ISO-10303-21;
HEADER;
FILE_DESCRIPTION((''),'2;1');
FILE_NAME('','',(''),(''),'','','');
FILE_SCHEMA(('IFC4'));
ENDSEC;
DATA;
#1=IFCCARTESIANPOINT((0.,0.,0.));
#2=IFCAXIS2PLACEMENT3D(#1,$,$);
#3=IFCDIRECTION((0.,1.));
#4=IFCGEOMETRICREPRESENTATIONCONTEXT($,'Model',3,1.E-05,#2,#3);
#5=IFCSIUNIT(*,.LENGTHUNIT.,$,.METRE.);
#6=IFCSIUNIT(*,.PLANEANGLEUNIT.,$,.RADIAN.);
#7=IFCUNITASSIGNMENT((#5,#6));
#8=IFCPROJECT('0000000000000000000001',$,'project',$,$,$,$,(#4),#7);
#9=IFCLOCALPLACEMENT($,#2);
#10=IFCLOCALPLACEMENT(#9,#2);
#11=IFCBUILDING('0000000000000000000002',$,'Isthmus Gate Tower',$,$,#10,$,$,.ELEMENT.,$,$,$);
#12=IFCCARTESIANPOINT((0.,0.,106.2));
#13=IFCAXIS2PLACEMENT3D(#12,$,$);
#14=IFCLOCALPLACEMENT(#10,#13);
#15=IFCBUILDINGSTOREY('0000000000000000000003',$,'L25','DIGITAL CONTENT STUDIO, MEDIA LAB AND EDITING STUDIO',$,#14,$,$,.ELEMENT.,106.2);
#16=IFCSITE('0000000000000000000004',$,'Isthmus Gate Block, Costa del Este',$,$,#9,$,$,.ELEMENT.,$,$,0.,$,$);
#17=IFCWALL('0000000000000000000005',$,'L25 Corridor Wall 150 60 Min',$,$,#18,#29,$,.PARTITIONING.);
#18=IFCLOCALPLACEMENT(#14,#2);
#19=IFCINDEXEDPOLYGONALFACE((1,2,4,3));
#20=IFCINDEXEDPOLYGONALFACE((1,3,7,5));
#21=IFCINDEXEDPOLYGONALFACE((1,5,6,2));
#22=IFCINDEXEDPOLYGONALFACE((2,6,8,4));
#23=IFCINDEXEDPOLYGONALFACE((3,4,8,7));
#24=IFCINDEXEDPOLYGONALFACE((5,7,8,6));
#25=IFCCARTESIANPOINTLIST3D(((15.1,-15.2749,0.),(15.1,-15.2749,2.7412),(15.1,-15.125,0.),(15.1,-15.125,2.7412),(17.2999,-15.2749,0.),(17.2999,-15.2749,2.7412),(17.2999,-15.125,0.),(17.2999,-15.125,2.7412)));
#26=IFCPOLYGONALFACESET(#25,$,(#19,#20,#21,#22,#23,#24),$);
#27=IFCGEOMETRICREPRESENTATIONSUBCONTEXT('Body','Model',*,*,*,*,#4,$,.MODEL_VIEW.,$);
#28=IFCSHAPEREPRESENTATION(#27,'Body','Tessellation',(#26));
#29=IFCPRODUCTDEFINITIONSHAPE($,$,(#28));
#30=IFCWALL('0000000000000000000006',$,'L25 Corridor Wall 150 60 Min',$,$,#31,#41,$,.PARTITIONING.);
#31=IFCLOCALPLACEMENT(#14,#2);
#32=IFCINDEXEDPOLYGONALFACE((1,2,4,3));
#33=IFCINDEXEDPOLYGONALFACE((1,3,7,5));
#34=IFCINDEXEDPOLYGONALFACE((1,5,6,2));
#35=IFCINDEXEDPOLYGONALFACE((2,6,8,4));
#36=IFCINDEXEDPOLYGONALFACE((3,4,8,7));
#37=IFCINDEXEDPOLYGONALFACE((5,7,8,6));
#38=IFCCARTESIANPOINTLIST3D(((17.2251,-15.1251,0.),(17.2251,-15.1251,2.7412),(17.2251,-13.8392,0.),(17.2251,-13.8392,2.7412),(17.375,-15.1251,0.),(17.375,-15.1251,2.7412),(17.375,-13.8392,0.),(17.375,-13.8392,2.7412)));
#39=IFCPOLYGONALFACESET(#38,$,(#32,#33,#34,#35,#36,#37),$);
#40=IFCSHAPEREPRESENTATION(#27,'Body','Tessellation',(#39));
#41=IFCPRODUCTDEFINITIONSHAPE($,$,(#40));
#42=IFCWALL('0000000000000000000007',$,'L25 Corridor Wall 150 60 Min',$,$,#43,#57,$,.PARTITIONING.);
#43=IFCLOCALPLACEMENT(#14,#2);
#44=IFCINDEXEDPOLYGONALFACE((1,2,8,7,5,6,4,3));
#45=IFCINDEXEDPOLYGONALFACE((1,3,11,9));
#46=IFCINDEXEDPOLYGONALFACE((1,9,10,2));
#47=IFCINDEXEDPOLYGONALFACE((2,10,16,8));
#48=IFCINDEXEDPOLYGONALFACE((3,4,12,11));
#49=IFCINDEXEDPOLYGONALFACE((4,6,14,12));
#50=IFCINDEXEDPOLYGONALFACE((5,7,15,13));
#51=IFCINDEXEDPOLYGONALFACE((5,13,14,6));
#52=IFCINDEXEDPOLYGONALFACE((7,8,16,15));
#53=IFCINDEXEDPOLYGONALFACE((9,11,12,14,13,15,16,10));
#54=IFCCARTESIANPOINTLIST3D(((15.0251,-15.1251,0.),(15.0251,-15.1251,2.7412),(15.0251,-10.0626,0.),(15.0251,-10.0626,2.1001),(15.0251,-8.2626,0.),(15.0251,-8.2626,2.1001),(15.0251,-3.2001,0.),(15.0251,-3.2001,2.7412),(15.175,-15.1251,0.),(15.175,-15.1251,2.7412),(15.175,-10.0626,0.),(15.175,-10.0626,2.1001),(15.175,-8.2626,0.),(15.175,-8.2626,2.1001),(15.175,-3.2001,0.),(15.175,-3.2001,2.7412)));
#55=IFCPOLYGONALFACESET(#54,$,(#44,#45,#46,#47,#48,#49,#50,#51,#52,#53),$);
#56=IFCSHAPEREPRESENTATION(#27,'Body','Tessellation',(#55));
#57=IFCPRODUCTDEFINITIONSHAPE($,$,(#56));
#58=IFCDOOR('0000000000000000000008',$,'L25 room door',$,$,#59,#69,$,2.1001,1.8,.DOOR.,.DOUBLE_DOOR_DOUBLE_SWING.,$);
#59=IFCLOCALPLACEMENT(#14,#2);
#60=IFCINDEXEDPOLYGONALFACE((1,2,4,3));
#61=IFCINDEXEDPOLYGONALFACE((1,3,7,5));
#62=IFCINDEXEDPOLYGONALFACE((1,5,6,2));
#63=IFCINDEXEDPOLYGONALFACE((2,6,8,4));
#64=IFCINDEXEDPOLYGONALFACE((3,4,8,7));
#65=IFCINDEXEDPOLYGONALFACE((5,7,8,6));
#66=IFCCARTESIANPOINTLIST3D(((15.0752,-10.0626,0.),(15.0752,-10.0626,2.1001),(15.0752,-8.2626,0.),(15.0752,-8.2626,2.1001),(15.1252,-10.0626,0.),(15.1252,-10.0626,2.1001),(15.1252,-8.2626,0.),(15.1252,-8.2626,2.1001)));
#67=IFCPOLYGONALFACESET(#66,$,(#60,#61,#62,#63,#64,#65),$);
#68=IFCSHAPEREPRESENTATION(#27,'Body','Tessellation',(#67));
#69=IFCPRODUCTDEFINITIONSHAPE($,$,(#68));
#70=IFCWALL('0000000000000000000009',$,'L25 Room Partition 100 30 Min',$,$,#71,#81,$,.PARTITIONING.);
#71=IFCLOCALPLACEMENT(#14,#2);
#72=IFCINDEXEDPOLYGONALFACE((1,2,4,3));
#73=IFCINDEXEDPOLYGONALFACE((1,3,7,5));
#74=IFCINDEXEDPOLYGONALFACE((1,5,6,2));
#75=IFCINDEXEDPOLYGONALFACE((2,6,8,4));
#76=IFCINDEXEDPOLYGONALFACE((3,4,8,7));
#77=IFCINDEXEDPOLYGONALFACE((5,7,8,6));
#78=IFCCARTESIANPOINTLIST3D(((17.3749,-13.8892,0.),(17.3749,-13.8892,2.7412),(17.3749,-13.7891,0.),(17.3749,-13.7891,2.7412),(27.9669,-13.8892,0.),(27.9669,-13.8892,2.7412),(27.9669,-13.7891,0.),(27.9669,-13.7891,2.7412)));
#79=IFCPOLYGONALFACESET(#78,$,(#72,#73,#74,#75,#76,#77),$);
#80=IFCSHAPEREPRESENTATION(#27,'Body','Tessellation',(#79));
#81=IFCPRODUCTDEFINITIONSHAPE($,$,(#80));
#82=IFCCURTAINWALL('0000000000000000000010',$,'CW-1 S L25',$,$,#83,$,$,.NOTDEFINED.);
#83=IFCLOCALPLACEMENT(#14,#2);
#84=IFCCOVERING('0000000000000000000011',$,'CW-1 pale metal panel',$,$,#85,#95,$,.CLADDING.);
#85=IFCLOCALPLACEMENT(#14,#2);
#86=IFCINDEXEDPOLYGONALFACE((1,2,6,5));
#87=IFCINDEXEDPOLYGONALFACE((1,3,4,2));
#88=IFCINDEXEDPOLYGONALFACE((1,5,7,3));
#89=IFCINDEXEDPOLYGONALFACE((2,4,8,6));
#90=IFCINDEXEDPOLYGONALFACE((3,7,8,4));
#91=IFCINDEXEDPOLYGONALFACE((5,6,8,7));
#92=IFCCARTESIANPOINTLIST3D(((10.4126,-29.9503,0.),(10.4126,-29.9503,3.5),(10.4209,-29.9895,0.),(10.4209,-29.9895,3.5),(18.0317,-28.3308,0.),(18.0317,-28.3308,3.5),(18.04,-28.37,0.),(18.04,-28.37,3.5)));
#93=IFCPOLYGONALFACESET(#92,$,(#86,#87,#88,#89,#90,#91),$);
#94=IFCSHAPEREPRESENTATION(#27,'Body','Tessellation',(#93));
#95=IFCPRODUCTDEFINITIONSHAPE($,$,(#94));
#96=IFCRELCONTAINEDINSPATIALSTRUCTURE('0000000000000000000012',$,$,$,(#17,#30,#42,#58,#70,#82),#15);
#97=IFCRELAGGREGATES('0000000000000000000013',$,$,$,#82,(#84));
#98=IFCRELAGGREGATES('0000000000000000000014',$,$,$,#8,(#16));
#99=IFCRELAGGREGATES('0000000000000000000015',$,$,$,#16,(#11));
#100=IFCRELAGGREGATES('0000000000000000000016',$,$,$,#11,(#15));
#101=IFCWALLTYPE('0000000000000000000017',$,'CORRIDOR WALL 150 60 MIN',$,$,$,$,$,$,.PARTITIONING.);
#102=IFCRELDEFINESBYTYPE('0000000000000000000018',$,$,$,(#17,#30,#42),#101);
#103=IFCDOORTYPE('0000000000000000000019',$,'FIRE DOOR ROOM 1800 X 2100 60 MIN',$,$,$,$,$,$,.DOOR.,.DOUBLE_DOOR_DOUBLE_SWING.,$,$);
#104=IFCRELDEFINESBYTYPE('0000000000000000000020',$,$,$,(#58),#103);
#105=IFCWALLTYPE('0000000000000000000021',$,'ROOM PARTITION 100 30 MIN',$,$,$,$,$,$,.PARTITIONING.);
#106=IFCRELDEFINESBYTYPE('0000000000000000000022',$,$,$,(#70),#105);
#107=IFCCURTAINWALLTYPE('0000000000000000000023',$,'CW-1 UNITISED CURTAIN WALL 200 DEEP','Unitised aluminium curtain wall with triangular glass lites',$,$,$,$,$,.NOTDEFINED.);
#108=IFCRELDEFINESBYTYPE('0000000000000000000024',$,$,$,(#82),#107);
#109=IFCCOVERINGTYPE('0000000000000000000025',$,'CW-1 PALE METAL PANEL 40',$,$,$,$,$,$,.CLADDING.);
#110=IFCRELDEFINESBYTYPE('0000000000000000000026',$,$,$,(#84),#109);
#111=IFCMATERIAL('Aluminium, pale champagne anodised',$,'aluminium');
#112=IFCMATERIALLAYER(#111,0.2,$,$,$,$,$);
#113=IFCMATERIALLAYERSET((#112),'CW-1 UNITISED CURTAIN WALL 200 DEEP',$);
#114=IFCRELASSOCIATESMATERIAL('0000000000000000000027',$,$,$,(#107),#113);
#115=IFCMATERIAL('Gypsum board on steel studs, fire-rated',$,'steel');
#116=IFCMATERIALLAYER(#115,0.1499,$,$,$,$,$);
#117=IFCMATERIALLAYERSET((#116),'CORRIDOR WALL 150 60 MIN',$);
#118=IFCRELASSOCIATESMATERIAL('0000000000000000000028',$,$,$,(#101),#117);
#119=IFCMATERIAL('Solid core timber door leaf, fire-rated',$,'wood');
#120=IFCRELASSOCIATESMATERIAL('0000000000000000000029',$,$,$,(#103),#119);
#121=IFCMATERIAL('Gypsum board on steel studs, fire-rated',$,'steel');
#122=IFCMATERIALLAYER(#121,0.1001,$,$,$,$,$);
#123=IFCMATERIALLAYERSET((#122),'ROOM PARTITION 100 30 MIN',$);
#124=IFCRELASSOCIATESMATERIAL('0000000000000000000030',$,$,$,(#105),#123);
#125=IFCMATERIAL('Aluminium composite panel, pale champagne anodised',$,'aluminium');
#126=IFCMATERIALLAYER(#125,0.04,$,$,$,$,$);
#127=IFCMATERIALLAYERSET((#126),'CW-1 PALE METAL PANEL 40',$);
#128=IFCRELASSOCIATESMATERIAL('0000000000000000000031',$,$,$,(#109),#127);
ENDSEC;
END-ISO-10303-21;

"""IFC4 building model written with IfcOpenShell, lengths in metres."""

from ifc_helpers import new_model, si_unit, direction, frame, frame_2d, origin, origin_2d, place, context, subcontext, project, spatial, rectangle, extrude, material, layer, layer_set, type_object, element, fill, aggregate, save


model = new_model("IFC4")

# Units and contexts
model_context = context("Model", 3, precision=1e-05, world=origin(), true_north=direction((0.0, 1.0)))
body_context = subcontext(model_context, "Body", "Model", "MODEL_VIEW")
ifc_project = project(units=[si_unit("LENGTHUNIT", "METRE"), si_unit("PLANEANGLEUNIT", "RADIAN")], contexts=[model_context])

# Site, building, storey
site_placement = place(None, origin())
site = spatial("IfcSite", under=ifc_project, at=site_placement, Name="Isthmus Gate Block, Costa del Este", CompositionType="ELEMENT", RefElevation=0.0)
building_placement = place(site_placement, origin())
building = spatial("IfcBuilding", under=site, at=building_placement, Name="Isthmus Gate Tower", CompositionType="ELEMENT")
storey_placement = place(building_placement, frame((0.0, 0.0, 106.2)))
storey = spatial("IfcBuildingStorey", under=building, at=storey_placement, Name="L25", Description="DIGITAL CONTENT STUDIO, MEDIA LAB AND EDITING STUDIO", CompositionType="ELEMENT", Elevation=106.2)

# Shared definitions
ifc_material_1 = material(Name="Aluminium, pale champagne anodised", Category="aluminium")
ifc_layer_1 = layer(ifc_material_1, 0.2)
ifc_layer_set_1 = layer_set([ifc_layer_1], Name="CW-1 UNITISED CURTAIN WALL 200 DEEP")
curtain_wall_type = type_object("IfcCurtainWallType", Name="CW-1 UNITISED CURTAIN WALL 200 DEEP", Description="Unitised aluminium curtain wall with triangular glass lites", PredefinedType="NOTDEFINED", material=ifc_layer_set_1)

# Walls
ifc_material_2 = material(Name="Gypsum board on steel studs, fire-rated", Category="steel")
ifc_layer_2 = layer(ifc_material_2, 0.1499)
ifc_layer_set_2 = layer_set([ifc_layer_2], Name="CORRIDOR WALL 150 60 MIN")
wall_type_1 = type_object("IfcWallType", Name="CORRIDOR WALL 150 60 MIN", PredefinedType="PARTITIONING", material=ifc_layer_set_2)
wall_1_placement = place(storey_placement, frame((17.3, -15.2, 0.0), z_axis=(0.0, 0.0, 1.0), x_axis=(-1.0, 0.0, 0.0)))
element("IfcWall", 1, at=wall_1_placement, inside=storey, type_object=wall_type_1, Name="L25 Corridor Wall 150 60 Min", PredefinedType="PARTITIONING", context=body_context, shape_type="SweptSolid", body=[
    extrude(rectangle(XDim=2.2, YDim=0.1499, at=frame_2d((1.1001, 0.0))), origin(), (0.0, 0.0, 1.0), 2.7412),
])
wall_2_placement = place(storey_placement, frame((17.3, -13.8391, 0.0), z_axis=(0.0, 0.0, 1.0), x_axis=(0.0, -1.0, 0.0)))
element("IfcWall", 2, at=wall_2_placement, inside=storey, type_object=wall_type_1, Name="L25 Corridor Wall 150 60 Min", PredefinedType="PARTITIONING", context=body_context, shape_type="SweptSolid", body=[
    extrude(rectangle(XDim=1.2859, YDim=0.1499, at=frame_2d((0.6431, 0.0))), origin(), (0.0, 0.0, 1.0), 2.7412),
])

# Wall, opening, door
wall_3_placement = place(storey_placement, frame((15.1001, -15.125, 0.0), z_axis=(0.0, 0.0, 1.0), x_axis=(0.0, 1.0, 0.0)))
wall_3 = element("IfcWall", 3, at=wall_3_placement, inside=storey, type_object=wall_type_1, Name="L25 Corridor Wall 150 60 Min", PredefinedType="PARTITIONING", context=body_context, shape_type="SweptSolid", body=[
    extrude(rectangle(XDim=11.925, YDim=0.1499, at=frame_2d((5.9624, 0.0))), origin(), (0.0, 0.0, 1.0), 2.7412),
])
opening_placement = place(wall_3_placement, frame((5.0625, 0.0, 0.0)))
opening = element("IfcOpeningElement", 4, at=opening_placement, cuts=wall_3, PredefinedType="OPENING", context=body_context, shape_type="SweptSolid", body=[
    extrude(rectangle(XDim=1.8, YDim=2.1001, at=frame_2d((0.8999, 1.05))), frame((0.0, 0.085, 0.0), z_axis=(0.0, -1.0, 0.0), x_axis=(1.0, 0.0, 0.0)), (0.0, 0.0, 1.0), 0.1699),
])
ifc_material_3 = material(Name="Solid core timber door leaf, fire-rated", Category="wood")
door_type = type_object("IfcDoorType", Name="FIRE DOOR ROOM 1800 X 2100 60 MIN", OperationType="DOUBLE_DOOR_DOUBLE_SWING", PredefinedType="DOOR", material=ifc_material_3)
door_placement = place(opening_placement, origin())
door = element("IfcDoor", 5, at=door_placement, inside=storey, type_object=door_type, Name="L25 room door", OperationType="DOUBLE_DOOR_DOUBLE_SWING", OverallHeight=2.1001, OverallWidth=1.8, PredefinedType="DOOR", context=body_context, shape_type="SweptSolid", body=[
    extrude(rectangle(XDim=1.8, YDim=2.1001, at=frame_2d((0.8999, 1.05))), frame((0.0, 0.0249, 0.0), z_axis=(0.0, -1.0, 0.0), x_axis=(1.0, 0.0, 0.0)), (0.0, 0.0, 1.0), 0.05),
])
fill(opening, door)

# Wall
ifc_material_4 = material(Name="Gypsum board on steel studs, fire-rated", Category="steel")
ifc_layer_3 = layer(ifc_material_4, 0.1001)
ifc_layer_set_3 = layer_set([ifc_layer_3], Name="ROOM PARTITION 100 30 MIN")
wall_type_2 = type_object("IfcWallType", Name="ROOM PARTITION 100 30 MIN", PredefinedType="PARTITIONING", material=ifc_layer_set_3)
wall_4_placement = place(storey_placement, frame((17.375, -13.8391, 0.0), z_axis=(0.0, 0.0, 1.0), x_axis=(1.0, 0.0, 0.0)))
element("IfcWall", 6, at=wall_4_placement, inside=storey, type_object=wall_type_2, Name="L25 Room Partition 100 30 Min", PredefinedType="PARTITIONING", context=body_context, shape_type="SweptSolid", body=[
    extrude(rectangle(XDim=10.592, YDim=0.1001, at=frame_2d((5.2959, 0.0))), origin(), (0.0, 0.0, 1.0), 2.7412),
])

# Curtain wall, covering
curtain_wall_1_placement = place(storey_placement, origin())
curtain_wall_1 = element("IfcCurtainWall", 7, at=curtain_wall_1_placement, inside=storey, type_object=curtain_wall_type, Name="CW-1 S L25", PredefinedType="NOTDEFINED")
ifc_material_5 = material(Name="Aluminium composite panel, pale champagne anodised", Category="aluminium")
ifc_layer_4 = layer(ifc_material_5, 0.04)
ifc_layer_set_4 = layer_set([ifc_layer_4], Name="CW-1 PALE METAL PANEL 40")
covering_type = type_object("IfcCoveringType", Name="CW-1 PALE METAL PANEL 40", PredefinedType="CLADDING", material=ifc_layer_set_4)
covering_placement = place(storey_placement, frame((14.2263, -29.1602, 0.0), z_axis=(0.0, 0.0, 1.0), x_axis=(0.978148, 0.207912, 0.0)))
covering = element("IfcCovering", 8, at=covering_placement, type_object=covering_type, Name="CW-1 pale metal panel", PredefinedType="CLADDING", context=body_context, shape_type="SweptSolid", body=[
    extrude(rectangle(XDim=7.7893, YDim=0.04, at=origin_2d()), origin(), (0.0, 0.0, 1.0), 3.5),
])
aggregate(curtain_wall_1, [covering])

save(model, "model.ifc")
